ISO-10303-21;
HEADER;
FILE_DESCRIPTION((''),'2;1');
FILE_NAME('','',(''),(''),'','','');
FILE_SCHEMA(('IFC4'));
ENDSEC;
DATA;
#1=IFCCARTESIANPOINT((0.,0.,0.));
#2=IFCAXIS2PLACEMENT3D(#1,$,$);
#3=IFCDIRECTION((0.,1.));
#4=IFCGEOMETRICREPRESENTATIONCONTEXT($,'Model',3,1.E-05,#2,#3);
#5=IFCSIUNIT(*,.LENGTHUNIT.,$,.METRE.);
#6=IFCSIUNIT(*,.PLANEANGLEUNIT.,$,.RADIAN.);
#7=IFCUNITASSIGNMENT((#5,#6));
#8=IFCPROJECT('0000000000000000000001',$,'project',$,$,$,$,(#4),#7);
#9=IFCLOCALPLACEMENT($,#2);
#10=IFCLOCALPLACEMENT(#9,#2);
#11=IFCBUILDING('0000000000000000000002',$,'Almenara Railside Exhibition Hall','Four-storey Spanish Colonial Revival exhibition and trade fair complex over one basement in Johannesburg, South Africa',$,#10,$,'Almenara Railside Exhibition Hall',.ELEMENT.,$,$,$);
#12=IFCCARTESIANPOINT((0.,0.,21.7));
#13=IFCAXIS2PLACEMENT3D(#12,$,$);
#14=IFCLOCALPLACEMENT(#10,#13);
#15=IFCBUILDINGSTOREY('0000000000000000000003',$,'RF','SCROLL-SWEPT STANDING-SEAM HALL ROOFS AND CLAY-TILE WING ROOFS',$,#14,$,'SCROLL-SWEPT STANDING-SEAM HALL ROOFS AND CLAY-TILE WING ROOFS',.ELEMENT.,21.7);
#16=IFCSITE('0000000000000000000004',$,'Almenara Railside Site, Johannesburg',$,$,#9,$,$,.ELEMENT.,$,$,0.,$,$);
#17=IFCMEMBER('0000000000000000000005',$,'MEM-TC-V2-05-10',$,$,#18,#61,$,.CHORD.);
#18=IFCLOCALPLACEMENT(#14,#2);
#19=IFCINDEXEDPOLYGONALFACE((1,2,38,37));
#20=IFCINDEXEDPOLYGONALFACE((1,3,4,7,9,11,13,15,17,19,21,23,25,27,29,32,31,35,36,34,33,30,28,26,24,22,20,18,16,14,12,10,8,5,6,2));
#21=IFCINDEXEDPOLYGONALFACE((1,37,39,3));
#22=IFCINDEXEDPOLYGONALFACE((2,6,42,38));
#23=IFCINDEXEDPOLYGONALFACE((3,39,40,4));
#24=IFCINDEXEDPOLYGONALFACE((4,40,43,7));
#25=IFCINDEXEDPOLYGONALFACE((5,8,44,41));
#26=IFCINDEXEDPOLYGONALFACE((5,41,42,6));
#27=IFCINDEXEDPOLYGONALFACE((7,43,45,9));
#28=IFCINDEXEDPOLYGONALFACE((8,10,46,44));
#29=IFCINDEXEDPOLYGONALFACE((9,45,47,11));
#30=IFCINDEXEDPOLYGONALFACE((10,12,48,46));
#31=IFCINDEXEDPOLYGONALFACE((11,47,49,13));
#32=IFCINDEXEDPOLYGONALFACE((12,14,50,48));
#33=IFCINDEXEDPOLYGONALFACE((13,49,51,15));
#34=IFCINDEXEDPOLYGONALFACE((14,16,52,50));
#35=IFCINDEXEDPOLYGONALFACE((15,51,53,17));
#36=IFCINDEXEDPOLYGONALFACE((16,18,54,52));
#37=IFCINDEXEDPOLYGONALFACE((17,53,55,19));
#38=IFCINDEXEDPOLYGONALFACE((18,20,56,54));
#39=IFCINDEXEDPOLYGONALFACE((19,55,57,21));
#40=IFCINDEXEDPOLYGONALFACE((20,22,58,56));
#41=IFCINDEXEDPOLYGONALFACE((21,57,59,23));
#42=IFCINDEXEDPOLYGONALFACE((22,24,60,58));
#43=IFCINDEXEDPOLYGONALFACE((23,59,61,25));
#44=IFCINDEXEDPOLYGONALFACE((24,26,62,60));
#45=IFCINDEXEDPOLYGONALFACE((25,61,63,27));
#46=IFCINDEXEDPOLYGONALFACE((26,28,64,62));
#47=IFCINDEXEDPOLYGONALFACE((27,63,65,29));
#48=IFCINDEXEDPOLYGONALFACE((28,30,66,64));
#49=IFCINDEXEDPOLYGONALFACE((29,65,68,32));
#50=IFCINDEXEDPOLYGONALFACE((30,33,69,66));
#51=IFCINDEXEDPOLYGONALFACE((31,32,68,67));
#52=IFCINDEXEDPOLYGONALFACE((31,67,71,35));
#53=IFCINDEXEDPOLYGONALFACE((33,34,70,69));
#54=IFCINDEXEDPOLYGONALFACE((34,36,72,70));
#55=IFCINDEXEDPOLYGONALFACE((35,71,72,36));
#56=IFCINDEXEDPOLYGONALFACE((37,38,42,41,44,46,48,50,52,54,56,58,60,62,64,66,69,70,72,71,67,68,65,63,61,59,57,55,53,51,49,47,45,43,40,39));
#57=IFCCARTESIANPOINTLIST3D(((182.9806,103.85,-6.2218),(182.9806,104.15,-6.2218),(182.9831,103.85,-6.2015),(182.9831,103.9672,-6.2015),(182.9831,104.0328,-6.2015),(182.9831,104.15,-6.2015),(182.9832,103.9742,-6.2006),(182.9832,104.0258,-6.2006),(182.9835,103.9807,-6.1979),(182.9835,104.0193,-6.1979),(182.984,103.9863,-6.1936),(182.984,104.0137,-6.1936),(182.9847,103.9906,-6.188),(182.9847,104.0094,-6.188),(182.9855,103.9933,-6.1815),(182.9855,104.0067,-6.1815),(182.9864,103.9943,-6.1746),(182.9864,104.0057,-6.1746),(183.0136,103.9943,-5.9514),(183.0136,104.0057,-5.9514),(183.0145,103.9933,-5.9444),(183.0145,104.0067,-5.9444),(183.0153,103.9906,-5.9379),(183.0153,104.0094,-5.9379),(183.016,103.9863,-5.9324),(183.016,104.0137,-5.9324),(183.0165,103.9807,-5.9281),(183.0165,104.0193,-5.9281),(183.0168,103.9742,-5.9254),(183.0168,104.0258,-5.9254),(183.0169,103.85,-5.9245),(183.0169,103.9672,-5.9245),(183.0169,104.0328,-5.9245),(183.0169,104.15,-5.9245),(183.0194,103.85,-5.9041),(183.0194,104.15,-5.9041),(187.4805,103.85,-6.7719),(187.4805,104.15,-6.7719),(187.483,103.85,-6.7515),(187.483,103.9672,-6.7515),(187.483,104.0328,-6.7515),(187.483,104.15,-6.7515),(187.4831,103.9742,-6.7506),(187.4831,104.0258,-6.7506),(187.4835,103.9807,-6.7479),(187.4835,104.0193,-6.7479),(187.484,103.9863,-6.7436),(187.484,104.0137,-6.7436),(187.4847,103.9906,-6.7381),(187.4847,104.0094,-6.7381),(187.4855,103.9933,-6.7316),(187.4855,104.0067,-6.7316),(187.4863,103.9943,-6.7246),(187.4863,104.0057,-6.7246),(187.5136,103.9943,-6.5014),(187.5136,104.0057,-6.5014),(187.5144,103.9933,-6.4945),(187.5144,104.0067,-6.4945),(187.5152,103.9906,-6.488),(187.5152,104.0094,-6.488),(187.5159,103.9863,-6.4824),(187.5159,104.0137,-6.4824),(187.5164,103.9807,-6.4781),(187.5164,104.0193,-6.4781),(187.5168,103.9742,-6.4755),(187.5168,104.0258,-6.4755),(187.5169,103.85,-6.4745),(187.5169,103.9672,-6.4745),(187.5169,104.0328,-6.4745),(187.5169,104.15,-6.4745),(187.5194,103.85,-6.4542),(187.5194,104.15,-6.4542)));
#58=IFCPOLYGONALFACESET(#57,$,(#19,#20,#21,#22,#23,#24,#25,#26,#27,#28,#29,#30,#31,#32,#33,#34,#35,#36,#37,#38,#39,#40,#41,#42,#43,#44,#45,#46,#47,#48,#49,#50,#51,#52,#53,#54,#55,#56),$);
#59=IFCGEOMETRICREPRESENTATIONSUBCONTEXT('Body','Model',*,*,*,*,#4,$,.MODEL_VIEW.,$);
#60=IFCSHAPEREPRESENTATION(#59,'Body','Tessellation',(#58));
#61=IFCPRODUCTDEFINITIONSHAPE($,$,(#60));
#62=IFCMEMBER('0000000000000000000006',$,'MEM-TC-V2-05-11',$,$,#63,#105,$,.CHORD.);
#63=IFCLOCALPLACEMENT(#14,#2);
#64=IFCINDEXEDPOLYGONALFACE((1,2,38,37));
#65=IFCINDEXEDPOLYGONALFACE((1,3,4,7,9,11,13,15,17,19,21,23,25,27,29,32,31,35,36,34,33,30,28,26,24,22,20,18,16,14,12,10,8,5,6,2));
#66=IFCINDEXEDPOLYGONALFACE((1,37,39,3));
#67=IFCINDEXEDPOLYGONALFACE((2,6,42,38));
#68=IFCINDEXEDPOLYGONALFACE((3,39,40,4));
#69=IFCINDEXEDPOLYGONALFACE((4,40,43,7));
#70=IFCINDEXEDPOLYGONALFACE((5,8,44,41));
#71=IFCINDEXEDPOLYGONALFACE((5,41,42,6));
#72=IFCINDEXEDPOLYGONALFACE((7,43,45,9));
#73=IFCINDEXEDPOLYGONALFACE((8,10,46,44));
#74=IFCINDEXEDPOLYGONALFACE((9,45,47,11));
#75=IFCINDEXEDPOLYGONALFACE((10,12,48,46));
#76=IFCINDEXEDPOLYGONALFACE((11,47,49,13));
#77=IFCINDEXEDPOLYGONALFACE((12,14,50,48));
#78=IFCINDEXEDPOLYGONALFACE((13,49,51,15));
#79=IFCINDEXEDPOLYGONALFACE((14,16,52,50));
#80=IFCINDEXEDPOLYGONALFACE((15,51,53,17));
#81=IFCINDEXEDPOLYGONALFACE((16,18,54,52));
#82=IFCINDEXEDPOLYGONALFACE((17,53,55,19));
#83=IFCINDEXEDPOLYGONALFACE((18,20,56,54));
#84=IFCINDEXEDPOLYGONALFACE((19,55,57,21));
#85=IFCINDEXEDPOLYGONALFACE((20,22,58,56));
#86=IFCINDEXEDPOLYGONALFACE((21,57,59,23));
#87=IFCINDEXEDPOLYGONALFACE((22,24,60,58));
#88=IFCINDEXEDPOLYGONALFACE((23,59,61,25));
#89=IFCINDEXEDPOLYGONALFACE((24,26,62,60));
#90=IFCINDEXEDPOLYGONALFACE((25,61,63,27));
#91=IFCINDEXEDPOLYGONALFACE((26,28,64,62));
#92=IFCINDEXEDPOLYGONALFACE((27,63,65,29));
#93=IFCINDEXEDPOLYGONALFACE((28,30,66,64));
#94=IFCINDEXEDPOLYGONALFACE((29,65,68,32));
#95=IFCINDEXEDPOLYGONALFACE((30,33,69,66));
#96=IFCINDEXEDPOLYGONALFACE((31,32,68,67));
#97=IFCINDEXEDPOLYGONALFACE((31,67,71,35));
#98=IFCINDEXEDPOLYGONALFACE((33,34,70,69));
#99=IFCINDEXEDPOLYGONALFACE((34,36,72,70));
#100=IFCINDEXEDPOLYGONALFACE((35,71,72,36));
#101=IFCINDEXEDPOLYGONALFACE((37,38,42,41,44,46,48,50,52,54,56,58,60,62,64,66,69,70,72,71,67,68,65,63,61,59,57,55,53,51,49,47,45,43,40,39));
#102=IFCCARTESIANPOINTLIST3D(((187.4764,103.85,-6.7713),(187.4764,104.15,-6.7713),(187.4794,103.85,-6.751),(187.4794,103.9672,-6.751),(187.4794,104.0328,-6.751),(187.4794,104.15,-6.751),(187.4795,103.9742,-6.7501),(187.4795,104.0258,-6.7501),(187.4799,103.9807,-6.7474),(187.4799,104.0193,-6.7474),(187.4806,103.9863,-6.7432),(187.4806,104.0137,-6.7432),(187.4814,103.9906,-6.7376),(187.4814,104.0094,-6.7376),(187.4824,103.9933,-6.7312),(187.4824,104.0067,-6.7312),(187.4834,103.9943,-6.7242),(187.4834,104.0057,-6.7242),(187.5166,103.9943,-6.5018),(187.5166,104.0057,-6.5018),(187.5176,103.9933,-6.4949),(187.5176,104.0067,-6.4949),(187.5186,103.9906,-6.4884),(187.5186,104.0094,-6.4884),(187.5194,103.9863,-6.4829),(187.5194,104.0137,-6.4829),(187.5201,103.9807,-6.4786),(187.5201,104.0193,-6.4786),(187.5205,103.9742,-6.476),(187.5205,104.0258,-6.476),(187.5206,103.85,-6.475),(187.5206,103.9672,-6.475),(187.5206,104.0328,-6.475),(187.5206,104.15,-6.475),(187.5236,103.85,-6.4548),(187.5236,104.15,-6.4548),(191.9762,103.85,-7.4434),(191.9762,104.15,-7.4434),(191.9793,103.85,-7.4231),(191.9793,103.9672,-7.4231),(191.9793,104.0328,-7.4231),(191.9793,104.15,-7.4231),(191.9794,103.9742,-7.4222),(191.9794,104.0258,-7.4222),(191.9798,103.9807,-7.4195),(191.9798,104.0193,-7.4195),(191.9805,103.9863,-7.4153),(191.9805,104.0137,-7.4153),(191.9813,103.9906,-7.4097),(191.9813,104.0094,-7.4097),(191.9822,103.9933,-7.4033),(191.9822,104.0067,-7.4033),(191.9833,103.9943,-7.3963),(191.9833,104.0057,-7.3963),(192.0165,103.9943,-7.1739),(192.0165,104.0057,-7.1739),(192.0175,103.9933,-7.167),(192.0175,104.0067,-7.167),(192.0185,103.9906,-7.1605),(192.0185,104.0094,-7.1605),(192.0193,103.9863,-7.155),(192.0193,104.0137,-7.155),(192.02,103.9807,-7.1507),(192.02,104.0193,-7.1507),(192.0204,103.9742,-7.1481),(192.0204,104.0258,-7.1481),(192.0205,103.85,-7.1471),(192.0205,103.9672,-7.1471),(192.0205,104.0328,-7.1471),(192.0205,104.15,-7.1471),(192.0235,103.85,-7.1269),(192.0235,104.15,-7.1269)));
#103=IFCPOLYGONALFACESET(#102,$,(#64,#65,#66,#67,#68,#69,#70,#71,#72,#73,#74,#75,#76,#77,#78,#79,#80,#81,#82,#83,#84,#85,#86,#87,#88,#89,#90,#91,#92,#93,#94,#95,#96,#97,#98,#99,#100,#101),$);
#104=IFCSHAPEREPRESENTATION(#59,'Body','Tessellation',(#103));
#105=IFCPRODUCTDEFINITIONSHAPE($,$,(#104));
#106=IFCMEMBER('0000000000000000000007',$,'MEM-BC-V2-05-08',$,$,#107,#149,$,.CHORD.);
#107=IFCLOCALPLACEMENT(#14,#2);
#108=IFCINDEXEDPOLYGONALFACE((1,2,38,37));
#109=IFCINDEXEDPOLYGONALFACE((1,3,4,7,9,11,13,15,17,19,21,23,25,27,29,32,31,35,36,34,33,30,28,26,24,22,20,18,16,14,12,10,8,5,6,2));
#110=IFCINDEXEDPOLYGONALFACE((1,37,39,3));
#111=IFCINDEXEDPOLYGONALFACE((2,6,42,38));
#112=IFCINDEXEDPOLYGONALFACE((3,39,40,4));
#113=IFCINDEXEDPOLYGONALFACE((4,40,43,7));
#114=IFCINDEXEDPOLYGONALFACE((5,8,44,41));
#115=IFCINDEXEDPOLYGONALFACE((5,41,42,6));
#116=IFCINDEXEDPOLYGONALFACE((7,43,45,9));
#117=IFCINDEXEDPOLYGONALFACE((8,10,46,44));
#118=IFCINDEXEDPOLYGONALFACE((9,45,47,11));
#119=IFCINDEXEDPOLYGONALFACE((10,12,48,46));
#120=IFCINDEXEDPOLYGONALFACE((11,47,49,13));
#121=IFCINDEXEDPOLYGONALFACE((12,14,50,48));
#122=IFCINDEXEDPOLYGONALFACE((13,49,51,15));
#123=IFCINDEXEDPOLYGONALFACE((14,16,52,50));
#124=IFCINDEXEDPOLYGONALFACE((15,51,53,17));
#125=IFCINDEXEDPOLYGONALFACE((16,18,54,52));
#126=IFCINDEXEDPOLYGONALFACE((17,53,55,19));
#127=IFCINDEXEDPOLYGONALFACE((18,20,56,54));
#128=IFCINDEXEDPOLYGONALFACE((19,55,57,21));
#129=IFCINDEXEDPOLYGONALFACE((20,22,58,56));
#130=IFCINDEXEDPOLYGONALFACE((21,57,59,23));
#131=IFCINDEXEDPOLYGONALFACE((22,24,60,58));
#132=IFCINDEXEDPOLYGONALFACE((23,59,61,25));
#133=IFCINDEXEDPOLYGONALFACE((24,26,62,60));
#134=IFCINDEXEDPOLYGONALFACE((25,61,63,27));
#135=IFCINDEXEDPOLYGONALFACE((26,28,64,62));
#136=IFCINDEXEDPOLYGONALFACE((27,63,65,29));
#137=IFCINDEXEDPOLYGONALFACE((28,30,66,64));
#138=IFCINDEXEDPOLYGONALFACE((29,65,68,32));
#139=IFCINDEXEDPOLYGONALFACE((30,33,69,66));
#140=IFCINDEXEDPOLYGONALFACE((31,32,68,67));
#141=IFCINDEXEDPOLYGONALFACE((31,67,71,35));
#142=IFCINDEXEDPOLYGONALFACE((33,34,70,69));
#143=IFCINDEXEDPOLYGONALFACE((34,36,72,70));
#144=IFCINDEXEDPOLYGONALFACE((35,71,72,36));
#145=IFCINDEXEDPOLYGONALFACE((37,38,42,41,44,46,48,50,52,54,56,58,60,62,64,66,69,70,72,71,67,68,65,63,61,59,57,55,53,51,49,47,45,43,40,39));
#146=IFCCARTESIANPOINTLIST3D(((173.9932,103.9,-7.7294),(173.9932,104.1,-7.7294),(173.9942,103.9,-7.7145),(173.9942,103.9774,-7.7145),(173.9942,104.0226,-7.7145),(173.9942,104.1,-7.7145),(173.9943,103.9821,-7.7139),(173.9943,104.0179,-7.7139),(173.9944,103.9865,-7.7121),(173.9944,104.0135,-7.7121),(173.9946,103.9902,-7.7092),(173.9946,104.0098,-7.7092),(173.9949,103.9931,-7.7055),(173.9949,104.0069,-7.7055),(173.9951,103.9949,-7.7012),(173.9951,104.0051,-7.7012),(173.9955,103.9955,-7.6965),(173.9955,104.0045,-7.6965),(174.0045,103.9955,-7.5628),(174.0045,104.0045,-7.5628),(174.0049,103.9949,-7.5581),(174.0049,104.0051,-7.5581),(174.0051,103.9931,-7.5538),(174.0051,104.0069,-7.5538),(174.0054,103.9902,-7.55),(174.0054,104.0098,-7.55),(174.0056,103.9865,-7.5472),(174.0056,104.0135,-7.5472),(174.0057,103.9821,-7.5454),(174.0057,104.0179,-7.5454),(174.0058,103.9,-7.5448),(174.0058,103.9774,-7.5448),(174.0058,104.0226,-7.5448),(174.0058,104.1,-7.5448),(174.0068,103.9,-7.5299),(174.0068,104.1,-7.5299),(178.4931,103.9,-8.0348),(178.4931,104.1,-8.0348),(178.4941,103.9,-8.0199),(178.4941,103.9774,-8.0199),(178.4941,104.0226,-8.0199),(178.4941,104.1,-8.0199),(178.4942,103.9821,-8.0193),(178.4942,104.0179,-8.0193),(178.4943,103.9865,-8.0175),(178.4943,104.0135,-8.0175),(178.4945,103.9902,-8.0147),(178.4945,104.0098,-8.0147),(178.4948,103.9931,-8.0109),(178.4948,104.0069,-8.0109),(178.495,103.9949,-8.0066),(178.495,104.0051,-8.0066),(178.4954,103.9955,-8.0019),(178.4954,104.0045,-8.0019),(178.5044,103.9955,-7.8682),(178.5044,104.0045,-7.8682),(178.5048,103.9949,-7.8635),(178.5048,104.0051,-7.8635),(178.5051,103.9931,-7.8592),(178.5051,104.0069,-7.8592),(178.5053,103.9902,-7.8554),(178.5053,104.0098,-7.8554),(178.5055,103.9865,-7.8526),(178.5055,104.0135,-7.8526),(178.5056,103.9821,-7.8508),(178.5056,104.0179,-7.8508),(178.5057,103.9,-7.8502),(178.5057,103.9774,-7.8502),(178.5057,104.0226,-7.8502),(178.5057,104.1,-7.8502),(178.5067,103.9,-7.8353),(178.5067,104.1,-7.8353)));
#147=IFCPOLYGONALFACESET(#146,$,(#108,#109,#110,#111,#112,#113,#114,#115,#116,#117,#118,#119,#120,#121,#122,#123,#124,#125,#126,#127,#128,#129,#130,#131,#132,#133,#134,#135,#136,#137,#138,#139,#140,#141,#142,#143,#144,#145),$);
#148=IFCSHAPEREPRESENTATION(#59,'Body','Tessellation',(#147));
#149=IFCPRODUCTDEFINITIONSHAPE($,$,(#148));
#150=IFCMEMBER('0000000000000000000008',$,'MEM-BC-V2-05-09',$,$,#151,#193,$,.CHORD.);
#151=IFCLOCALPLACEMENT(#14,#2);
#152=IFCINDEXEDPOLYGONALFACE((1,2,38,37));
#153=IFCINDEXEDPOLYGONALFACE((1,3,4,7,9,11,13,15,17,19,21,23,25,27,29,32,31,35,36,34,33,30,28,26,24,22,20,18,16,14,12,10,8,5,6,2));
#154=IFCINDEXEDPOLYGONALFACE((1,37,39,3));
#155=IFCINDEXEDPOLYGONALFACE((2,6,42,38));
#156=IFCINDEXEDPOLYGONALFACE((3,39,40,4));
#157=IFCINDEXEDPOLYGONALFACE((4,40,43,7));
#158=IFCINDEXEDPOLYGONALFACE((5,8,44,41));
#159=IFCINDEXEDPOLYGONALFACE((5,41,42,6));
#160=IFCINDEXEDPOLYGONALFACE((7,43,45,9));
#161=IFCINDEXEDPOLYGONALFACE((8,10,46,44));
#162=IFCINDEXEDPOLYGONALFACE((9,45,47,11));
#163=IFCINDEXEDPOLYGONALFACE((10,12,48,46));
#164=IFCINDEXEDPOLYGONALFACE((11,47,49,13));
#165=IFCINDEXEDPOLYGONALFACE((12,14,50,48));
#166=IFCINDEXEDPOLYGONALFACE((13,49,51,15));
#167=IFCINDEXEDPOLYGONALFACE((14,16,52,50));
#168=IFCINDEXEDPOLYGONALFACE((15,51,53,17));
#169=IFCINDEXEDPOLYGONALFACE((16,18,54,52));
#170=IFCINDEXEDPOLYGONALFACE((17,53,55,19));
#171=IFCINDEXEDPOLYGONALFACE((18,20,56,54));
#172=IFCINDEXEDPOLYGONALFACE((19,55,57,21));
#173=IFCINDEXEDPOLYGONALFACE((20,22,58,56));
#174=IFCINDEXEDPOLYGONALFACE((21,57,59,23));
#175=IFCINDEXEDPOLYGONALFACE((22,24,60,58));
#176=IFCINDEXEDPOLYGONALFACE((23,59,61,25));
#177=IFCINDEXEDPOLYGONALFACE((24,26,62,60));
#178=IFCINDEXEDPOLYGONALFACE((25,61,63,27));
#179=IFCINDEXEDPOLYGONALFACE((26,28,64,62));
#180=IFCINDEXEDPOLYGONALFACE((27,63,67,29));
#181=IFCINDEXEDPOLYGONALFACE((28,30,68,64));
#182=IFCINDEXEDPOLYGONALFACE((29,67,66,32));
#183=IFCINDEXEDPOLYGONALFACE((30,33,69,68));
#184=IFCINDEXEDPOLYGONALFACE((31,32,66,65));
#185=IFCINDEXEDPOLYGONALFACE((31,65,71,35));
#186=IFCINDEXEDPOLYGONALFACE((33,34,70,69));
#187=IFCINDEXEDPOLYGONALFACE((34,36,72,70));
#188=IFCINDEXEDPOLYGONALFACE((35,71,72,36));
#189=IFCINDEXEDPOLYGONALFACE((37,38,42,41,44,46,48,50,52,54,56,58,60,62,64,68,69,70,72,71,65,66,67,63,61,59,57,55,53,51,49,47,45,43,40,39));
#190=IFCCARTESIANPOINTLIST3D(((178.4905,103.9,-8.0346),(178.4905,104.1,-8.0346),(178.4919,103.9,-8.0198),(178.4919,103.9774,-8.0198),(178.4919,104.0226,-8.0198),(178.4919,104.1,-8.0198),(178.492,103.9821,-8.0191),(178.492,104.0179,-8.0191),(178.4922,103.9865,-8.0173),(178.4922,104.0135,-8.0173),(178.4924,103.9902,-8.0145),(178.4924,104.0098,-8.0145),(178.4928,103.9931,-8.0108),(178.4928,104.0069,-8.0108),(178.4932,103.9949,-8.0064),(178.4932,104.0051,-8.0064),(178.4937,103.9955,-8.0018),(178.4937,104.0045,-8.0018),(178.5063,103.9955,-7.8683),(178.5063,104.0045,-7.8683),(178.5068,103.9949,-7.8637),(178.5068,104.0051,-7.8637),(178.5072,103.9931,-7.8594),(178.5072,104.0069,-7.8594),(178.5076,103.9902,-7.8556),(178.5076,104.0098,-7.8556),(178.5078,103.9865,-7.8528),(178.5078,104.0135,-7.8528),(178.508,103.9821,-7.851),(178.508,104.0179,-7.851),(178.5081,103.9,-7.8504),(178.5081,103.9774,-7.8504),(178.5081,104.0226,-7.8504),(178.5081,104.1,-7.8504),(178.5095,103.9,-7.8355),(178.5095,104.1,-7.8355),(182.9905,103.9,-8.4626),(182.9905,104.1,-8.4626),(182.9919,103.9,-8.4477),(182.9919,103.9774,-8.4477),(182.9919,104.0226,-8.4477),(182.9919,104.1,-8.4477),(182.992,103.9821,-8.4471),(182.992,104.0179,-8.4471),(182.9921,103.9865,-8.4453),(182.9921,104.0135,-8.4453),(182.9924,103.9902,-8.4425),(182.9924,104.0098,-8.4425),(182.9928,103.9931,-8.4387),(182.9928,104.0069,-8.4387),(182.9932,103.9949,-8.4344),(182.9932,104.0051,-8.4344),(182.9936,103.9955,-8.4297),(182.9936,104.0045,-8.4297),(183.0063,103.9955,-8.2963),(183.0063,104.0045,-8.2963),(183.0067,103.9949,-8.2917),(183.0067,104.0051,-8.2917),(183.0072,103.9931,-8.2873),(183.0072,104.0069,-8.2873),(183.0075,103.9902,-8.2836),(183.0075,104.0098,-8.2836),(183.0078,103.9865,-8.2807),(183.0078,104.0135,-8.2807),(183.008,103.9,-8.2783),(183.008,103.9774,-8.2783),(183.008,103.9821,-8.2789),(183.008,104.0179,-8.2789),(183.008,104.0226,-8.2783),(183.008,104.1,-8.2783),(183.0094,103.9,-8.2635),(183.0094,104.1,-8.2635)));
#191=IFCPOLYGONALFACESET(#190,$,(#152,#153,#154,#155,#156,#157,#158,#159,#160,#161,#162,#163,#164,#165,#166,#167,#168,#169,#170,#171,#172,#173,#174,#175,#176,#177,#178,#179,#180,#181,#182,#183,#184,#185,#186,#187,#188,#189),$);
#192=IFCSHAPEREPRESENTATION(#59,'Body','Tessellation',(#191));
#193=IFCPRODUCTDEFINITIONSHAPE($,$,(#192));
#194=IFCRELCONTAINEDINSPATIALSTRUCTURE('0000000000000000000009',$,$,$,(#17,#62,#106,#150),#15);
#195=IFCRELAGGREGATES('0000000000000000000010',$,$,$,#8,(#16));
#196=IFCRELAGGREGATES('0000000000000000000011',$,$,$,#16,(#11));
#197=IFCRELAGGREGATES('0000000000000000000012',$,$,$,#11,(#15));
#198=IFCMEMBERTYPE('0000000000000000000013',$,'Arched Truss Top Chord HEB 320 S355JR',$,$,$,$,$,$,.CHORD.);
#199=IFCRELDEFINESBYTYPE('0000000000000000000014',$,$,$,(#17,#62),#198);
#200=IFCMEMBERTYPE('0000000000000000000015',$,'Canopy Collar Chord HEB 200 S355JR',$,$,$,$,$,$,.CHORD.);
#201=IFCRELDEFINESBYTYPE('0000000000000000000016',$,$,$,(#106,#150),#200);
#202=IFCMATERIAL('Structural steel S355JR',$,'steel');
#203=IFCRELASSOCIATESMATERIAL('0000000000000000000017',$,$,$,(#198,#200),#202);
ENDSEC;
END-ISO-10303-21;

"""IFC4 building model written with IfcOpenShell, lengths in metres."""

from ifc_helpers import new_model, si_unit, direction, frame, origin, origin_2d, place, context, subcontext, project, spatial, i_section, extrude, material, material_profile, profile_set, type_object, element, save


model = new_model("IFC4")

# Units and contexts
model_context = context("Model", 3, precision=1e-05, world=origin(), true_north=direction((0.0, 1.0)))
body_context = subcontext(model_context, "Body", "Model", "MODEL_VIEW")
ifc_project = project(units=[si_unit("LENGTHUNIT", "METRE"), si_unit("PLANEANGLEUNIT", "RADIAN")], contexts=[model_context])

# Site, building, storey
site_placement = place(None, origin())
site = spatial("IfcSite", under=ifc_project, at=site_placement, Name="Almenara Railside Site, Johannesburg", CompositionType="ELEMENT", RefElevation=0.0)
building_placement = place(site_placement, origin())
building = spatial("IfcBuilding", under=site, at=building_placement, Name="Almenara Railside Exhibition Hall", Description="Four-storey Spanish Colonial Revival exhibition and trade fair complex over one basement in Johannesburg, South Africa", LongName="Almenara Railside Exhibition Hall", CompositionType="ELEMENT")
storey_placement = place(building_placement, frame((0.0, 0.0, 21.7)))
storey = spatial("IfcBuildingStorey", under=building, at=storey_placement, Name="RF", Description="SCROLL-SWEPT STANDING-SEAM HALL ROOFS AND CLAY-TILE WING ROOFS", LongName="SCROLL-SWEPT STANDING-SEAM HALL ROOFS AND CLAY-TILE WING ROOFS", CompositionType="ELEMENT", Elevation=21.7)

# Members
ifc_material_1 = material(Name="Structural steel S355JR", Category="steel")
ifc_material_profile_1 = material_profile(ifc_material_1, i_section(OverallWidth=0.3, OverallDepth=0.3201, WebThickness=0.0115, FlangeThickness=0.0205, FilletRadius=0.0271, at=origin_2d()), Name="HEB 320")
ifc_profile_set_1 = profile_set([ifc_material_profile_1], Name="Structural steel S355JR")
member_type_1 = type_object("IfcMemberType", Name="Arched Truss Top Chord HEB 320 S355JR", PredefinedType="CHORD", material=ifc_profile_set_1)
member_1_placement = place(storey_placement, frame((183.0, 104.0, -6.063), z_axis=(0.992612, 0.0, -0.12133), x_axis=(0.0, 1.0, 0.0)))
element("IfcMember", 1, at=member_1_placement, inside=storey, type_object=member_type_1, Name="MEM-TC-V2-05-10", PredefinedType="CHORD", context=body_context, shape_type="SweptSolid", body=[
    extrude(i_section(OverallWidth=0.3, OverallDepth=0.3201, WebThickness=0.0115, FlangeThickness=0.0205, FilletRadius=0.0271, at=origin_2d()), origin(), (0.0, 0.0, 1.0), 4.5334),
])
member_2_placement = place(storey_placement, frame((187.5, 104.0, -6.613), z_axis=(0.989029, 0.0, -0.147721), x_axis=(0.0, 1.0, 0.0)))
element("IfcMember", 2, at=member_2_placement, inside=storey, type_object=member_type_1, Name="MEM-TC-V2-05-11", PredefinedType="CHORD", context=body_context, shape_type="SweptSolid", body=[
    extrude(i_section(OverallWidth=0.3, OverallDepth=0.3201, WebThickness=0.0115, FlangeThickness=0.0205, FilletRadius=0.0271, at=origin_2d()), origin(), (0.0, 0.0, 1.0), 4.5498),
])
ifc_material_profile_2 = material_profile(ifc_material_1, i_section(OverallWidth=0.2, OverallDepth=0.2, WebThickness=0.009, FlangeThickness=0.0149, FilletRadius=0.0181, at=origin_2d()), Name="HEB 200")
ifc_profile_set_2 = profile_set([ifc_material_profile_2], Name="Structural steel S355JR")
member_type_2 = type_object("IfcMemberType", Name="Canopy Collar Chord HEB 200 S355JR", PredefinedType="CHORD", material=ifc_profile_set_2)
member_3_placement = place(storey_placement, frame((174.0, 104.0, -7.6296), z_axis=(0.997705, 0.0, -0.067715), x_axis=(0.0, 1.0, 0.0)))
element("IfcMember", 3, at=member_3_placement, inside=storey, type_object=member_type_2, Name="MEM-BC-V2-05-08", PredefinedType="CHORD", context=body_context, shape_type="SweptSolid", body=[
    extrude(i_section(OverallWidth=0.2, OverallDepth=0.2, WebThickness=0.009, FlangeThickness=0.0149, FilletRadius=0.0181, at=origin_2d()), origin(), (0.0, 0.0, 1.0), 4.5103),
])
member_4_placement = place(storey_placement, frame((178.5, 104.0, -7.9351), z_axis=(0.995508, 0.0, -0.094679), x_axis=(0.0, 1.0, 0.0)))
element("IfcMember", 4, at=member_4_placement, inside=storey, type_object=member_type_2, Name="MEM-BC-V2-05-09", PredefinedType="CHORD", context=body_context, shape_type="SweptSolid", body=[
    extrude(i_section(OverallWidth=0.2, OverallDepth=0.2, WebThickness=0.009, FlangeThickness=0.0149, FilletRadius=0.0181, at=origin_2d()), origin(), (0.0, 0.0, 1.0), 4.5203),
])

save(model, "model.ifc")
